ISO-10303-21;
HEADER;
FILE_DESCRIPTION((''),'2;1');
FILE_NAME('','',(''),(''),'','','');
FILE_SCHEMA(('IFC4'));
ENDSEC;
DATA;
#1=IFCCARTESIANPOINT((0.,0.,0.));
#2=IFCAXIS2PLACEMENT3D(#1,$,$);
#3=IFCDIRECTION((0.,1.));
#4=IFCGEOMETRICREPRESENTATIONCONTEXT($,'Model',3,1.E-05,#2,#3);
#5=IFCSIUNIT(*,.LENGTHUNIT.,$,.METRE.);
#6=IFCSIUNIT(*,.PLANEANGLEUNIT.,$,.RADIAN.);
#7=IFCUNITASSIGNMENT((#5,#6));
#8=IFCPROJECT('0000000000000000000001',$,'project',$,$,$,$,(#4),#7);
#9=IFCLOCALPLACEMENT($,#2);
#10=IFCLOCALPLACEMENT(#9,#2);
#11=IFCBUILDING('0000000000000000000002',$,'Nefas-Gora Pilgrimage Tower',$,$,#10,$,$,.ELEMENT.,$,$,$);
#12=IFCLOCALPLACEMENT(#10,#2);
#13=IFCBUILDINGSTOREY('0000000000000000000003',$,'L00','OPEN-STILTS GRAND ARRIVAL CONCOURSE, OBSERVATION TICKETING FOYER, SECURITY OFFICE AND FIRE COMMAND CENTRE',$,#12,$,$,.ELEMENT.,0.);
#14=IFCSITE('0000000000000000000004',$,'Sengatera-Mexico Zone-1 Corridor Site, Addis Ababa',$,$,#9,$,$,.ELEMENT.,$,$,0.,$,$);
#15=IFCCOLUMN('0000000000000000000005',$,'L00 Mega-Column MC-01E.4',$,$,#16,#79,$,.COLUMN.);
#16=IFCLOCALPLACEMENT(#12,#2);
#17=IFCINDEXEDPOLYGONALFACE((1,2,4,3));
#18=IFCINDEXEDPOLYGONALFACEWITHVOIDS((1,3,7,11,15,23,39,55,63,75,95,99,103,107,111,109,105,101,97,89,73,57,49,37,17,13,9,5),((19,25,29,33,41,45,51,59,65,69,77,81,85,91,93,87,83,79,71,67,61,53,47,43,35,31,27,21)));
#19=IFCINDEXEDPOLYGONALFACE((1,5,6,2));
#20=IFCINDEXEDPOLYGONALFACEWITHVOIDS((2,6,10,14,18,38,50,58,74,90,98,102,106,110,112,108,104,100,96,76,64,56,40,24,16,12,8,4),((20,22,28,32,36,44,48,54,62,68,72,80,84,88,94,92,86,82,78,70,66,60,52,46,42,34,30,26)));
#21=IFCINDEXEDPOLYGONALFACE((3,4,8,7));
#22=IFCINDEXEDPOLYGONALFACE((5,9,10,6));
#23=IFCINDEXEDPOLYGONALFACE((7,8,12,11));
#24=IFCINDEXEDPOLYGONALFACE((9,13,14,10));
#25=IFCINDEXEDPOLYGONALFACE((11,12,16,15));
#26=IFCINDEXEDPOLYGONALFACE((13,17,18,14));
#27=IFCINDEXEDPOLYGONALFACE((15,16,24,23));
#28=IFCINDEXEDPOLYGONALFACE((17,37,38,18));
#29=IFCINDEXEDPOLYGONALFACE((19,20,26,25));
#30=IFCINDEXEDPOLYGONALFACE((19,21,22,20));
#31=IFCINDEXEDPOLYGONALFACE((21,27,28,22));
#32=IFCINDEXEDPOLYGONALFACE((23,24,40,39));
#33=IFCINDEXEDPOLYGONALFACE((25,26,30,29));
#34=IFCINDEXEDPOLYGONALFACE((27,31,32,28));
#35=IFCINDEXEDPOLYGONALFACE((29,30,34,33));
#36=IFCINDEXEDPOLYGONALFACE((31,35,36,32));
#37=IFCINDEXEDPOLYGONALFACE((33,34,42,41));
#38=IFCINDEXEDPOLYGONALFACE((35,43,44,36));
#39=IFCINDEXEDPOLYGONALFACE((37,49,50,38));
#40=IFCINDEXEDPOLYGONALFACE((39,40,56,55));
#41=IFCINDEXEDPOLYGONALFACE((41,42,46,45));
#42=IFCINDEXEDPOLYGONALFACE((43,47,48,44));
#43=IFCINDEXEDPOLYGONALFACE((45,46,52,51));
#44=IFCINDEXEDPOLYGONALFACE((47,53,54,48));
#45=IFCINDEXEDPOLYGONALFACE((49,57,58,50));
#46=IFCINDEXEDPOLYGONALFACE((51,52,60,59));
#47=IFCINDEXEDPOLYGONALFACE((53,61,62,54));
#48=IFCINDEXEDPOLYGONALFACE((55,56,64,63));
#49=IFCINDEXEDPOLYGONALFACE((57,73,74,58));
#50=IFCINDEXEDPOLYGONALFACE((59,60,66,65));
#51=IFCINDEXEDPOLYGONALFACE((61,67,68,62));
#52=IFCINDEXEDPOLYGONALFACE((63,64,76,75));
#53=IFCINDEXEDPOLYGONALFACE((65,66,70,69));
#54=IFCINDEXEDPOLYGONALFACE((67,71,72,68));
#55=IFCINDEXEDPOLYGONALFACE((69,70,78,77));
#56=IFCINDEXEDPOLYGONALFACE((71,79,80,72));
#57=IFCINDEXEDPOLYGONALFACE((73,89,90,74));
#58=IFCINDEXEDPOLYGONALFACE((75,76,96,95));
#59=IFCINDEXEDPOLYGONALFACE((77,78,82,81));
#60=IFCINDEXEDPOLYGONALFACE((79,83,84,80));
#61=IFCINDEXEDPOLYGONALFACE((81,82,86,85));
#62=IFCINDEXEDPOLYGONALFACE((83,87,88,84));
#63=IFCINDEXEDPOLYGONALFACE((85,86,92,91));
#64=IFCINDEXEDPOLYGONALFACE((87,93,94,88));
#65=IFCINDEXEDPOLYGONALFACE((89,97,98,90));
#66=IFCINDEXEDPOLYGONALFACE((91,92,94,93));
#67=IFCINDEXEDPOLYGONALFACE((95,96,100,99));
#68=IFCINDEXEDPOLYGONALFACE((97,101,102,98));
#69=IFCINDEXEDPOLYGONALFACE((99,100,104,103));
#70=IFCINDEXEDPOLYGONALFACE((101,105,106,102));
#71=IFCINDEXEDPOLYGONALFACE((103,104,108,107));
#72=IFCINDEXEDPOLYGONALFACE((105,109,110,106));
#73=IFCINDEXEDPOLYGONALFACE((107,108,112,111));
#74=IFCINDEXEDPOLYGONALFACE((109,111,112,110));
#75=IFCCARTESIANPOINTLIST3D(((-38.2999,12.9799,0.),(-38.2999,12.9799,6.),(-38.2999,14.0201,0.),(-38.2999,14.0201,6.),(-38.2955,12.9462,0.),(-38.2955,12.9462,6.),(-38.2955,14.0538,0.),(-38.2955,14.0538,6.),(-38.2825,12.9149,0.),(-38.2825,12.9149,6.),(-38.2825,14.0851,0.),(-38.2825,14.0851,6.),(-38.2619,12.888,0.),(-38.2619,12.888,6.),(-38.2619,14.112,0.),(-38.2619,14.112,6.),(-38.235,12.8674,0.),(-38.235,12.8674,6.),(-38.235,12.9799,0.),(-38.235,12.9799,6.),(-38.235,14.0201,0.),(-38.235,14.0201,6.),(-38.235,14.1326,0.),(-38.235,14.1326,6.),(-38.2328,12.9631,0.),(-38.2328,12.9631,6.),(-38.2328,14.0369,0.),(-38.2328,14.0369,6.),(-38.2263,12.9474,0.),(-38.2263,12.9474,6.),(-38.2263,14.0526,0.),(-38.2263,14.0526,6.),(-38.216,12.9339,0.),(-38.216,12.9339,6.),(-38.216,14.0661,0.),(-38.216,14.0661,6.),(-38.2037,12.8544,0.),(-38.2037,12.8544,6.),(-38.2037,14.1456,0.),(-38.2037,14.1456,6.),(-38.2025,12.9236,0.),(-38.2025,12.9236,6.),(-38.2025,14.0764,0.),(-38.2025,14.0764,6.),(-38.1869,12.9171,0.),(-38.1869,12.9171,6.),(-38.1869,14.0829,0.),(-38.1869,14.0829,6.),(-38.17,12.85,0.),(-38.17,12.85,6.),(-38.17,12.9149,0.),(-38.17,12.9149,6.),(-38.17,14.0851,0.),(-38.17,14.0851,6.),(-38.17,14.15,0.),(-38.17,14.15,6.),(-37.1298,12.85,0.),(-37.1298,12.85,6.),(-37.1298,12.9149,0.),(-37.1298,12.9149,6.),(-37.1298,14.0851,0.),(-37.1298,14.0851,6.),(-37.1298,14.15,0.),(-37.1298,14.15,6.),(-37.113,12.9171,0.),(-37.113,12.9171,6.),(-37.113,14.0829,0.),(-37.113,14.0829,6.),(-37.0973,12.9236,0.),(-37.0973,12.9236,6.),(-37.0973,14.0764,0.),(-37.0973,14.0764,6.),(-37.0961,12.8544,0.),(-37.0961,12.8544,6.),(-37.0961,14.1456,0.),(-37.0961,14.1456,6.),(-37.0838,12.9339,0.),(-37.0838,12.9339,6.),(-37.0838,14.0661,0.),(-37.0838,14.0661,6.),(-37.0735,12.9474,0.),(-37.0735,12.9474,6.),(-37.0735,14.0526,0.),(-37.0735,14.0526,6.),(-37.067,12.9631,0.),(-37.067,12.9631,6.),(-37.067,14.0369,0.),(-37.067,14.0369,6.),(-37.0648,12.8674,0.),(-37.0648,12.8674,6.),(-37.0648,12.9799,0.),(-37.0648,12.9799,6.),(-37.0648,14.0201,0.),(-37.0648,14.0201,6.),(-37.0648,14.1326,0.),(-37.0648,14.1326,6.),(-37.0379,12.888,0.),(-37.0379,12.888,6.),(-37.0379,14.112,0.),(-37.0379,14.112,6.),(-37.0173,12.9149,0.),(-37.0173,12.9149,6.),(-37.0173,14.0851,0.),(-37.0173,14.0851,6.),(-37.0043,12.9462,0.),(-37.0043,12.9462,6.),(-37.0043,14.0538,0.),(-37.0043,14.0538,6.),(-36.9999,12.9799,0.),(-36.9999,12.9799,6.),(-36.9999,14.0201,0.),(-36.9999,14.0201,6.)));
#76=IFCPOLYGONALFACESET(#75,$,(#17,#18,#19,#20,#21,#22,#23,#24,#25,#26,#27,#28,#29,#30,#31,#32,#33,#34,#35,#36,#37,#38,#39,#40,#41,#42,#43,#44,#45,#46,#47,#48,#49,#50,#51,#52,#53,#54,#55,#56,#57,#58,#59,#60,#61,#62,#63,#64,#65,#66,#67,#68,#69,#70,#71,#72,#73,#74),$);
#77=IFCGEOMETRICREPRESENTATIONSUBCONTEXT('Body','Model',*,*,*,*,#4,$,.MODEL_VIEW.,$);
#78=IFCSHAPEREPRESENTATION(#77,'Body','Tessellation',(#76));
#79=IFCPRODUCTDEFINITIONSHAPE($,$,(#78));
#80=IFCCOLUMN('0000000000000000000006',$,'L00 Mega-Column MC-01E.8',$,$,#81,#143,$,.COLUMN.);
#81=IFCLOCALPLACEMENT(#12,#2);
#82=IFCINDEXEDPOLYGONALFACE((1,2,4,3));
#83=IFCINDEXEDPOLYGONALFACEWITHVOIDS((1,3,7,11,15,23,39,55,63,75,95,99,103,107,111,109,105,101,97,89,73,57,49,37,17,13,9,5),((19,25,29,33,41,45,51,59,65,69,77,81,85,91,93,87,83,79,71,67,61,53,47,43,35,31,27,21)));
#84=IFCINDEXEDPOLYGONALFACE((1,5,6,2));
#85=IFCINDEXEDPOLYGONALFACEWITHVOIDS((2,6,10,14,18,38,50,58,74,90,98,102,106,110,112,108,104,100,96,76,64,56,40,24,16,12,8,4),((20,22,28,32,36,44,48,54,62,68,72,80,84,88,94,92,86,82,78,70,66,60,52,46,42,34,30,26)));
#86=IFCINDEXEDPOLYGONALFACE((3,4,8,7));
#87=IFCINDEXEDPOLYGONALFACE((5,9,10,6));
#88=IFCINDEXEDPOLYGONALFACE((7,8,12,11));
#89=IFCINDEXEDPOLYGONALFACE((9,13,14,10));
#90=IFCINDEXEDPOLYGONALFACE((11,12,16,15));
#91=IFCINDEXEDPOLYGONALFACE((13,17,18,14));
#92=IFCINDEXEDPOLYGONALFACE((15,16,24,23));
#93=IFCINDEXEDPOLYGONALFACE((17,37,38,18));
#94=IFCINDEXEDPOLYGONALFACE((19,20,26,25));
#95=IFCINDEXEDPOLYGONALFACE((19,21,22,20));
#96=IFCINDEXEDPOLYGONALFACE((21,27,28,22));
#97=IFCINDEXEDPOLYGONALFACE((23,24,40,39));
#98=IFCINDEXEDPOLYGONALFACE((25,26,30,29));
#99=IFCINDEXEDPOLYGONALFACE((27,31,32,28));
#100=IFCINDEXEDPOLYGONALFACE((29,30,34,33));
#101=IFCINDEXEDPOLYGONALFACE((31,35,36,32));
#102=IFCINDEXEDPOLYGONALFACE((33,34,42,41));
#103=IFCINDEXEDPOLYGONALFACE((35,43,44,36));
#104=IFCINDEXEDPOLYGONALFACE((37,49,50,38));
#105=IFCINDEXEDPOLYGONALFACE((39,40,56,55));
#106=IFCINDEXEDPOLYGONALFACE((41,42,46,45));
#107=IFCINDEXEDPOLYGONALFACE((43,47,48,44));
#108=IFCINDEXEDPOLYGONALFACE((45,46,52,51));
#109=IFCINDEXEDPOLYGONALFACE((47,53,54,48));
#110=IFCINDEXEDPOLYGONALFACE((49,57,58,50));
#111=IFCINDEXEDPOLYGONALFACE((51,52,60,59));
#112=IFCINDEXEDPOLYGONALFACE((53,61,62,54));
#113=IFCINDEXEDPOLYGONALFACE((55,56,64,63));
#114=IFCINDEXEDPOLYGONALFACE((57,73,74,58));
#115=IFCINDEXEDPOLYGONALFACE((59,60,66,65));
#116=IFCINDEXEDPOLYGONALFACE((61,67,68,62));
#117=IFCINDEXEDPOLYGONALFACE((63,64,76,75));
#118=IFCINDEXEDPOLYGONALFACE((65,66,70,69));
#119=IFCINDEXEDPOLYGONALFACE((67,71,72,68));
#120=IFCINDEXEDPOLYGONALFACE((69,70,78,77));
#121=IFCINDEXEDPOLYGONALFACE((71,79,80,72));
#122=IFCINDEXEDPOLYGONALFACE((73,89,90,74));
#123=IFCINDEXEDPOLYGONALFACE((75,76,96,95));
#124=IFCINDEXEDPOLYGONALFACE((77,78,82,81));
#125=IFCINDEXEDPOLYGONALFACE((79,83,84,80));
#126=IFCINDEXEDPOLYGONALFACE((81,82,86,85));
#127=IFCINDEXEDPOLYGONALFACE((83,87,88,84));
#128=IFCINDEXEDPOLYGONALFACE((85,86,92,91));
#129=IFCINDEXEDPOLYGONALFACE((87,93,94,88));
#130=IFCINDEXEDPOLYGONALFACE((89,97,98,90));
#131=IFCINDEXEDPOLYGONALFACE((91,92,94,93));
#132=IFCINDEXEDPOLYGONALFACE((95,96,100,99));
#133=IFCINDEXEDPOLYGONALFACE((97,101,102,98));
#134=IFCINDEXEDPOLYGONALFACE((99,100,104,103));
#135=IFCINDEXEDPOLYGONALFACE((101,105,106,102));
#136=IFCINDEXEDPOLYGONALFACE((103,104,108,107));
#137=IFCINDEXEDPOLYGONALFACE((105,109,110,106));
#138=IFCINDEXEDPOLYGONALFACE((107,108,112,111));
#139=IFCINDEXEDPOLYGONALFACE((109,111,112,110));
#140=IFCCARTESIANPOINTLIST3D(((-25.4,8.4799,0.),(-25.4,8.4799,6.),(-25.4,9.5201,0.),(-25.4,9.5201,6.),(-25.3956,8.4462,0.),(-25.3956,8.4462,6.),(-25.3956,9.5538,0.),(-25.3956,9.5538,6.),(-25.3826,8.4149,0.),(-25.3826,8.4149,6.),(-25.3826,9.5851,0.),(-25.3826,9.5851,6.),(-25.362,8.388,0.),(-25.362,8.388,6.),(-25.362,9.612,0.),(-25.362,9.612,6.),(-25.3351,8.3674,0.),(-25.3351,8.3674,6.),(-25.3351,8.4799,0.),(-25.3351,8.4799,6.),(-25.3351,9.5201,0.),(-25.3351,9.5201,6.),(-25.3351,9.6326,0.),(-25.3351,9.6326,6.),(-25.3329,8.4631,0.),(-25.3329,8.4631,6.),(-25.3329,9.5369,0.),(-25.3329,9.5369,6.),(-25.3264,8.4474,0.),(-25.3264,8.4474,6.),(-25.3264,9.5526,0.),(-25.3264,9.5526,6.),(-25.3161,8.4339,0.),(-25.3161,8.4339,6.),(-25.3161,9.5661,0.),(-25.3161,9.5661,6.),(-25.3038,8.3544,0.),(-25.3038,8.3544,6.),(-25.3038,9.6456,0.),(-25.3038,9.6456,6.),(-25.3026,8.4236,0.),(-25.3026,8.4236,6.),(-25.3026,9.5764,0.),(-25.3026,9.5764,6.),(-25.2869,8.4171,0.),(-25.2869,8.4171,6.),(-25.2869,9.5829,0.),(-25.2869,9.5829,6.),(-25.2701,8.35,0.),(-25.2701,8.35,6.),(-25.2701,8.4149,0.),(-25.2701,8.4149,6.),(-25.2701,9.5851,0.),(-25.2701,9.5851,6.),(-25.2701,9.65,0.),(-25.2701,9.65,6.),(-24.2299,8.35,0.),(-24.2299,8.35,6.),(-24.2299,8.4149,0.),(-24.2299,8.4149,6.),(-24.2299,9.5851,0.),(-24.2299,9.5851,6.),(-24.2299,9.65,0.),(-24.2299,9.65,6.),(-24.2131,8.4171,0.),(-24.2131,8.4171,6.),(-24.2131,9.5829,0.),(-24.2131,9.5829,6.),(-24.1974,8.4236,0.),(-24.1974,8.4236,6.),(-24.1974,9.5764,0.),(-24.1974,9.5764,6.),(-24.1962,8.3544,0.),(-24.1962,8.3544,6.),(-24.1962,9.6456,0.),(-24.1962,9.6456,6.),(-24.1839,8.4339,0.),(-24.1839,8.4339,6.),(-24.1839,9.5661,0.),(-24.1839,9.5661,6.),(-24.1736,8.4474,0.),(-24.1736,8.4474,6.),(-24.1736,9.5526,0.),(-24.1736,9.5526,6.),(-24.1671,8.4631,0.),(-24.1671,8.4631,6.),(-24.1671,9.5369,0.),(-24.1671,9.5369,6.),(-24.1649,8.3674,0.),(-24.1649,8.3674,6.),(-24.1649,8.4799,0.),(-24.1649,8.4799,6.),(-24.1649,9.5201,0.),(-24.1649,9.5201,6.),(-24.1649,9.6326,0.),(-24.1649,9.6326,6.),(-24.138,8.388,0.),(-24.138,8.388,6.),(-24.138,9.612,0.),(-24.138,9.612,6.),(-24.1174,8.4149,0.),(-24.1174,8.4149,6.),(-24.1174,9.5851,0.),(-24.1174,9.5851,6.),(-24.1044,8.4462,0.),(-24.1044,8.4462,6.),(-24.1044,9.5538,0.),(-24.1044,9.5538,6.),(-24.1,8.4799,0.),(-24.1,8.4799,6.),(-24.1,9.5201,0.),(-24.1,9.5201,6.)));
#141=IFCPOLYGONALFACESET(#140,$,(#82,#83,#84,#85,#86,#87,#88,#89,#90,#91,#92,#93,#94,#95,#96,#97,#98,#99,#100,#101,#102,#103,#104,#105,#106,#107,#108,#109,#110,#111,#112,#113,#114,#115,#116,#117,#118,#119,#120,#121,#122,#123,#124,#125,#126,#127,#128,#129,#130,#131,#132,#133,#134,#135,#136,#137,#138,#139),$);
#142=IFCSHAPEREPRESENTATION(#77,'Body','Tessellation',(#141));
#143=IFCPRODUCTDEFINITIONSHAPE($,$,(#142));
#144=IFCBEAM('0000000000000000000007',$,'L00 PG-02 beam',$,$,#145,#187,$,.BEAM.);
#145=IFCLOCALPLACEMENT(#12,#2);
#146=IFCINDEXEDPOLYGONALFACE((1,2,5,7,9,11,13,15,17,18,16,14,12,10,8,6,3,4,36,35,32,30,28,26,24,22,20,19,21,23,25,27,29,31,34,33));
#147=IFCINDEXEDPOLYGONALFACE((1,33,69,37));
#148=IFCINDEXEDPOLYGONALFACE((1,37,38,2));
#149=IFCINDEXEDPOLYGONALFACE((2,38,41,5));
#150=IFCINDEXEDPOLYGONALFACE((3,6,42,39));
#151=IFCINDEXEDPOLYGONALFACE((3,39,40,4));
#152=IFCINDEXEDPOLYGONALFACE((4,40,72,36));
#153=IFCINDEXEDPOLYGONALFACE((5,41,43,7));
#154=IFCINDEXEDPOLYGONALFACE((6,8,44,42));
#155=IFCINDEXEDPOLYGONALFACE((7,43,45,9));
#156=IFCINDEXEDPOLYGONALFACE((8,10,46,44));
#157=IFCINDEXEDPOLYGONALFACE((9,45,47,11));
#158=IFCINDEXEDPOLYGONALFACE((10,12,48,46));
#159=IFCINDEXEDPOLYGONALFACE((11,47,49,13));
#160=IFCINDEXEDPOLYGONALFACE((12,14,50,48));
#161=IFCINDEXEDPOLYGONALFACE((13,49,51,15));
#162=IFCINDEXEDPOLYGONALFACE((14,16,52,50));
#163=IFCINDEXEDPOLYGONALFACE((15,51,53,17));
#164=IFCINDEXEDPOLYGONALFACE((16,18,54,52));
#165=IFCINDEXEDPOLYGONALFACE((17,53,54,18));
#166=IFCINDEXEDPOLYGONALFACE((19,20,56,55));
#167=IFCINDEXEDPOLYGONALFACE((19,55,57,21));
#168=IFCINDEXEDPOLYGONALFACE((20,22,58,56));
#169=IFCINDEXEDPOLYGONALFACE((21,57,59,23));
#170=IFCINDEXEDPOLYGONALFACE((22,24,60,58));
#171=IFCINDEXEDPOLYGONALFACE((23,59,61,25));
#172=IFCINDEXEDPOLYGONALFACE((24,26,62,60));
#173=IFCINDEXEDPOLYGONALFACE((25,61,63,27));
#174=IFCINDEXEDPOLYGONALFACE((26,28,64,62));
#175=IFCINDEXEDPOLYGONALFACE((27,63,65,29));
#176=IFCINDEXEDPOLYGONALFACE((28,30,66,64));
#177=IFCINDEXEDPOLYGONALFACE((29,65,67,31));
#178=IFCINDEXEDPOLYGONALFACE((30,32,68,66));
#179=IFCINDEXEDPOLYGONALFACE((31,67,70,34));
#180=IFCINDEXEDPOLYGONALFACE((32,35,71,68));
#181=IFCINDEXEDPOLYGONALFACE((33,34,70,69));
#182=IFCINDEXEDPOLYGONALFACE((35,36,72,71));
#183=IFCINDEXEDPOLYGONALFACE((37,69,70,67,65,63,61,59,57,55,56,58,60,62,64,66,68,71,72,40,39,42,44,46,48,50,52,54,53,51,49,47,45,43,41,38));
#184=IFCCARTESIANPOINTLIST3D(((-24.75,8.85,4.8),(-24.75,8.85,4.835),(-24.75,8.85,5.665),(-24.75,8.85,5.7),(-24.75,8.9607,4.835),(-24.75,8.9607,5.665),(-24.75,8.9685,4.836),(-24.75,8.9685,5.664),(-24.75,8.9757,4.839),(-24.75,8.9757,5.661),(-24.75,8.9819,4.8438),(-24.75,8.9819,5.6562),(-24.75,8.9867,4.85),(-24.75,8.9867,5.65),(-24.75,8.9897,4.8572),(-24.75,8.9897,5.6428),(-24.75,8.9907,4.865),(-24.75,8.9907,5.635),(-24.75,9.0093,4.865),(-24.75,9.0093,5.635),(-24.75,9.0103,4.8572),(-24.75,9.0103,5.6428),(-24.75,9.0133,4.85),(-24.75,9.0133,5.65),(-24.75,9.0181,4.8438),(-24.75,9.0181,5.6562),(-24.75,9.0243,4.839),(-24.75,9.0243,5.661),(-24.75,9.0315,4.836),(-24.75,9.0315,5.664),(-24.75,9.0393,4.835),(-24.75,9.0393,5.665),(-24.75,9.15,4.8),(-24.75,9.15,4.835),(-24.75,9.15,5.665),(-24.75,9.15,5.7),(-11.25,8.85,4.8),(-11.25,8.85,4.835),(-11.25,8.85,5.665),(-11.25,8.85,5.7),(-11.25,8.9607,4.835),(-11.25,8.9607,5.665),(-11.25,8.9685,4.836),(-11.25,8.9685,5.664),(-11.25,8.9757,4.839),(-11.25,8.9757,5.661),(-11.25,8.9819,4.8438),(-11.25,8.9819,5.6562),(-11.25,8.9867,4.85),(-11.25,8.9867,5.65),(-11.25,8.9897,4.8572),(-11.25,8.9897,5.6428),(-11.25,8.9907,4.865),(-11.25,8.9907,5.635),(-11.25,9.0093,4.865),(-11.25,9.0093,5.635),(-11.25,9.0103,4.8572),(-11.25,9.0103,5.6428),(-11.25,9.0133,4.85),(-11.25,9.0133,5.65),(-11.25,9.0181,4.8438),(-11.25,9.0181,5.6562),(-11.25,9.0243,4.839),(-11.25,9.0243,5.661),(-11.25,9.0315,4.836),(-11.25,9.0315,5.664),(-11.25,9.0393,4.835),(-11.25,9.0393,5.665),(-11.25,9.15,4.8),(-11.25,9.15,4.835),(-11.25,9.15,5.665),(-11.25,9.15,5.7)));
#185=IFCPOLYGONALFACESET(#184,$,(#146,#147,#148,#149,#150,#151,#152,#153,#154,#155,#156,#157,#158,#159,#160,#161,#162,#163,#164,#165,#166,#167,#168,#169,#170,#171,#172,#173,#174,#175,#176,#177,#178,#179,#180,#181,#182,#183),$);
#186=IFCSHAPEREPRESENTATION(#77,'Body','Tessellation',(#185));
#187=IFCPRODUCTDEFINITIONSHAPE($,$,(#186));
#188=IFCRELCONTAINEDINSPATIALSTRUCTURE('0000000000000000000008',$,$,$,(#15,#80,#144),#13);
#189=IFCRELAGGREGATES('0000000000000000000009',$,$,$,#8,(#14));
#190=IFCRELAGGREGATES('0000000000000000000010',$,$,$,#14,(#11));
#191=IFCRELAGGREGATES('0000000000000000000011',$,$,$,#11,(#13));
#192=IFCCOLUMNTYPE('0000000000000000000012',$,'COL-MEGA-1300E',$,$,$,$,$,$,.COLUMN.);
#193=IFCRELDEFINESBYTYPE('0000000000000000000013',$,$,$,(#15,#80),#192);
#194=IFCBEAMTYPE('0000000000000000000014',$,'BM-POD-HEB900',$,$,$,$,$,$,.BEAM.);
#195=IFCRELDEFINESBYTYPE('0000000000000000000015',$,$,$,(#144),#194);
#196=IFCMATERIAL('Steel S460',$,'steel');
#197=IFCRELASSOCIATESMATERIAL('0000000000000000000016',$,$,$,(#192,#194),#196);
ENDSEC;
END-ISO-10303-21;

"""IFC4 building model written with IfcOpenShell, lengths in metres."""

from ifc_helpers import new_model, si_unit, direction, frame, origin, origin_2d, place, context, subcontext, project, spatial, hollow_rectangle, i_section, extrude, source, transform, mapped, material, material_profile, profile_set, type_object, element, save


model = new_model("IFC4")

# Units and contexts
model_context = context("Model", 3, precision=1e-05, world=origin(), true_north=direction((0.0, 1.0)))
body_context = subcontext(model_context, "Body", "Model", "MODEL_VIEW")
ifc_project = project(units=[si_unit("LENGTHUNIT", "METRE"), si_unit("PLANEANGLEUNIT", "RADIAN")], contexts=[model_context])

# Site, building, storey
site_placement = place(None, origin())
site = spatial("IfcSite", under=ifc_project, at=site_placement, Name="Sengatera-Mexico Zone-1 Corridor Site, Addis Ababa", CompositionType="ELEMENT", RefElevation=0.0)
building_placement = place(site_placement, origin())
building = spatial("IfcBuilding", under=site, at=building_placement, Name="Nefas-Gora Pilgrimage Tower", CompositionType="ELEMENT")
storey_placement = place(building_placement, origin())
storey = spatial("IfcBuildingStorey", under=building, at=storey_placement, Name="L00", Description="OPEN-STILTS GRAND ARRIVAL CONCOURSE, OBSERVATION TICKETING FOYER, SECURITY OFFICE AND FIRE COMMAND CENTRE", CompositionType="ELEMENT", Elevation=0.0)

# Columns
ifc_material_1 = material(Name="Steel S460", Category="steel")
ifc_material_profile_1 = material_profile(ifc_material_1, hollow_rectangle(XDim=1.3, YDim=1.3, WallThickness=0.0649, InnerFilletRadius=0.0649, OuterFilletRadius=0.1299, at=origin_2d()), Name="BOX 1300x1300x65")
ifc_profile_set_1 = profile_set([ifc_material_profile_1], Name="Steel S460")
column_type = type_object("IfcColumnType", Name="COL-MEGA-1300E", PredefinedType="COLUMN", material=ifc_profile_set_1)
shared_shape_1 = source(origin(), body_context, "Body", "SweptSolid", [
    extrude(hollow_rectangle(XDim=1.3, YDim=1.3, WallThickness=0.0649, InnerFilletRadius=0.0649, OuterFilletRadius=0.1299, at=origin_2d()), origin(), (0.0, 0.0, 1.0), 6.0),
])
for number, where, z_axis, x_axis, name in (
    (1, (-37.6499, 13.5, 0.0), (0.0, 0.0, 1.0), (1.0, 0.0, 0.0), "L00 Mega-Column MC-01E.4"),
    (2, (-24.75, 9.0, 0.0), (0.0, 0.0, 1.0), (1.0, 0.0, 0.0), "L00 Mega-Column MC-01E.8"),
):
    element("IfcColumn", number, at=place(storey_placement, frame(where, z_axis=z_axis, x_axis=x_axis)), inside=storey, type_object=column_type, Name=name, PredefinedType="COLUMN", context=body_context, shape_type="MappedRepresentation", body=[
        mapped(shared_shape_1, transform((0.0, 0.0, 0.0), x_axis=(1.0, 0.0, 0.0), y_axis=(0.0, 1.0, 0.0), z_axis=(0.0, 0.0, 1.0), scale=1.0)),
    ])

# Beam
ifc_material_profile_2 = material_profile(ifc_material_1, i_section(OverallWidth=0.3, OverallDepth=0.8999, WebThickness=0.0186, FlangeThickness=0.0349, FilletRadius=0.03, at=origin_2d()), Name="HEB 900")
ifc_profile_set_2 = profile_set([ifc_material_profile_2], Name="Steel S460")
beam_type_1 = type_object("IfcBeamType", Name="BM-POD-HEB900", PredefinedType="BEAM", material=ifc_profile_set_2)
shared_shape_2 = source(origin(), body_context, "Body", "SweptSolid", [
    extrude(i_section(OverallWidth=0.3, OverallDepth=0.8999, WebThickness=0.0186, FlangeThickness=0.0349, FilletRadius=0.03, at=origin_2d()), origin(), (0.0, 0.0, 1.0), 13.5),
])
beam_1_placement = place(storey_placement, frame((-24.75, 9.0, 5.25), z_axis=(1.0, 0.0, 0.0), x_axis=(0.0, 1.0, 0.0)))
element("IfcBeam", 3, at=beam_1_placement, inside=storey, type_object=beam_type_1, Name="L00 PG-02 beam", PredefinedType="BEAM", context=body_context, shape_type="MappedRepresentation", body=[
    mapped(shared_shape_2, transform((0.0, 0.0, 0.0), x_axis=(1.0, 0.0, 0.0), y_axis=(0.0, 1.0, 0.0), z_axis=(0.0, 0.0, 1.0), scale=1.0)),
])

save(model, "model.ifc")
